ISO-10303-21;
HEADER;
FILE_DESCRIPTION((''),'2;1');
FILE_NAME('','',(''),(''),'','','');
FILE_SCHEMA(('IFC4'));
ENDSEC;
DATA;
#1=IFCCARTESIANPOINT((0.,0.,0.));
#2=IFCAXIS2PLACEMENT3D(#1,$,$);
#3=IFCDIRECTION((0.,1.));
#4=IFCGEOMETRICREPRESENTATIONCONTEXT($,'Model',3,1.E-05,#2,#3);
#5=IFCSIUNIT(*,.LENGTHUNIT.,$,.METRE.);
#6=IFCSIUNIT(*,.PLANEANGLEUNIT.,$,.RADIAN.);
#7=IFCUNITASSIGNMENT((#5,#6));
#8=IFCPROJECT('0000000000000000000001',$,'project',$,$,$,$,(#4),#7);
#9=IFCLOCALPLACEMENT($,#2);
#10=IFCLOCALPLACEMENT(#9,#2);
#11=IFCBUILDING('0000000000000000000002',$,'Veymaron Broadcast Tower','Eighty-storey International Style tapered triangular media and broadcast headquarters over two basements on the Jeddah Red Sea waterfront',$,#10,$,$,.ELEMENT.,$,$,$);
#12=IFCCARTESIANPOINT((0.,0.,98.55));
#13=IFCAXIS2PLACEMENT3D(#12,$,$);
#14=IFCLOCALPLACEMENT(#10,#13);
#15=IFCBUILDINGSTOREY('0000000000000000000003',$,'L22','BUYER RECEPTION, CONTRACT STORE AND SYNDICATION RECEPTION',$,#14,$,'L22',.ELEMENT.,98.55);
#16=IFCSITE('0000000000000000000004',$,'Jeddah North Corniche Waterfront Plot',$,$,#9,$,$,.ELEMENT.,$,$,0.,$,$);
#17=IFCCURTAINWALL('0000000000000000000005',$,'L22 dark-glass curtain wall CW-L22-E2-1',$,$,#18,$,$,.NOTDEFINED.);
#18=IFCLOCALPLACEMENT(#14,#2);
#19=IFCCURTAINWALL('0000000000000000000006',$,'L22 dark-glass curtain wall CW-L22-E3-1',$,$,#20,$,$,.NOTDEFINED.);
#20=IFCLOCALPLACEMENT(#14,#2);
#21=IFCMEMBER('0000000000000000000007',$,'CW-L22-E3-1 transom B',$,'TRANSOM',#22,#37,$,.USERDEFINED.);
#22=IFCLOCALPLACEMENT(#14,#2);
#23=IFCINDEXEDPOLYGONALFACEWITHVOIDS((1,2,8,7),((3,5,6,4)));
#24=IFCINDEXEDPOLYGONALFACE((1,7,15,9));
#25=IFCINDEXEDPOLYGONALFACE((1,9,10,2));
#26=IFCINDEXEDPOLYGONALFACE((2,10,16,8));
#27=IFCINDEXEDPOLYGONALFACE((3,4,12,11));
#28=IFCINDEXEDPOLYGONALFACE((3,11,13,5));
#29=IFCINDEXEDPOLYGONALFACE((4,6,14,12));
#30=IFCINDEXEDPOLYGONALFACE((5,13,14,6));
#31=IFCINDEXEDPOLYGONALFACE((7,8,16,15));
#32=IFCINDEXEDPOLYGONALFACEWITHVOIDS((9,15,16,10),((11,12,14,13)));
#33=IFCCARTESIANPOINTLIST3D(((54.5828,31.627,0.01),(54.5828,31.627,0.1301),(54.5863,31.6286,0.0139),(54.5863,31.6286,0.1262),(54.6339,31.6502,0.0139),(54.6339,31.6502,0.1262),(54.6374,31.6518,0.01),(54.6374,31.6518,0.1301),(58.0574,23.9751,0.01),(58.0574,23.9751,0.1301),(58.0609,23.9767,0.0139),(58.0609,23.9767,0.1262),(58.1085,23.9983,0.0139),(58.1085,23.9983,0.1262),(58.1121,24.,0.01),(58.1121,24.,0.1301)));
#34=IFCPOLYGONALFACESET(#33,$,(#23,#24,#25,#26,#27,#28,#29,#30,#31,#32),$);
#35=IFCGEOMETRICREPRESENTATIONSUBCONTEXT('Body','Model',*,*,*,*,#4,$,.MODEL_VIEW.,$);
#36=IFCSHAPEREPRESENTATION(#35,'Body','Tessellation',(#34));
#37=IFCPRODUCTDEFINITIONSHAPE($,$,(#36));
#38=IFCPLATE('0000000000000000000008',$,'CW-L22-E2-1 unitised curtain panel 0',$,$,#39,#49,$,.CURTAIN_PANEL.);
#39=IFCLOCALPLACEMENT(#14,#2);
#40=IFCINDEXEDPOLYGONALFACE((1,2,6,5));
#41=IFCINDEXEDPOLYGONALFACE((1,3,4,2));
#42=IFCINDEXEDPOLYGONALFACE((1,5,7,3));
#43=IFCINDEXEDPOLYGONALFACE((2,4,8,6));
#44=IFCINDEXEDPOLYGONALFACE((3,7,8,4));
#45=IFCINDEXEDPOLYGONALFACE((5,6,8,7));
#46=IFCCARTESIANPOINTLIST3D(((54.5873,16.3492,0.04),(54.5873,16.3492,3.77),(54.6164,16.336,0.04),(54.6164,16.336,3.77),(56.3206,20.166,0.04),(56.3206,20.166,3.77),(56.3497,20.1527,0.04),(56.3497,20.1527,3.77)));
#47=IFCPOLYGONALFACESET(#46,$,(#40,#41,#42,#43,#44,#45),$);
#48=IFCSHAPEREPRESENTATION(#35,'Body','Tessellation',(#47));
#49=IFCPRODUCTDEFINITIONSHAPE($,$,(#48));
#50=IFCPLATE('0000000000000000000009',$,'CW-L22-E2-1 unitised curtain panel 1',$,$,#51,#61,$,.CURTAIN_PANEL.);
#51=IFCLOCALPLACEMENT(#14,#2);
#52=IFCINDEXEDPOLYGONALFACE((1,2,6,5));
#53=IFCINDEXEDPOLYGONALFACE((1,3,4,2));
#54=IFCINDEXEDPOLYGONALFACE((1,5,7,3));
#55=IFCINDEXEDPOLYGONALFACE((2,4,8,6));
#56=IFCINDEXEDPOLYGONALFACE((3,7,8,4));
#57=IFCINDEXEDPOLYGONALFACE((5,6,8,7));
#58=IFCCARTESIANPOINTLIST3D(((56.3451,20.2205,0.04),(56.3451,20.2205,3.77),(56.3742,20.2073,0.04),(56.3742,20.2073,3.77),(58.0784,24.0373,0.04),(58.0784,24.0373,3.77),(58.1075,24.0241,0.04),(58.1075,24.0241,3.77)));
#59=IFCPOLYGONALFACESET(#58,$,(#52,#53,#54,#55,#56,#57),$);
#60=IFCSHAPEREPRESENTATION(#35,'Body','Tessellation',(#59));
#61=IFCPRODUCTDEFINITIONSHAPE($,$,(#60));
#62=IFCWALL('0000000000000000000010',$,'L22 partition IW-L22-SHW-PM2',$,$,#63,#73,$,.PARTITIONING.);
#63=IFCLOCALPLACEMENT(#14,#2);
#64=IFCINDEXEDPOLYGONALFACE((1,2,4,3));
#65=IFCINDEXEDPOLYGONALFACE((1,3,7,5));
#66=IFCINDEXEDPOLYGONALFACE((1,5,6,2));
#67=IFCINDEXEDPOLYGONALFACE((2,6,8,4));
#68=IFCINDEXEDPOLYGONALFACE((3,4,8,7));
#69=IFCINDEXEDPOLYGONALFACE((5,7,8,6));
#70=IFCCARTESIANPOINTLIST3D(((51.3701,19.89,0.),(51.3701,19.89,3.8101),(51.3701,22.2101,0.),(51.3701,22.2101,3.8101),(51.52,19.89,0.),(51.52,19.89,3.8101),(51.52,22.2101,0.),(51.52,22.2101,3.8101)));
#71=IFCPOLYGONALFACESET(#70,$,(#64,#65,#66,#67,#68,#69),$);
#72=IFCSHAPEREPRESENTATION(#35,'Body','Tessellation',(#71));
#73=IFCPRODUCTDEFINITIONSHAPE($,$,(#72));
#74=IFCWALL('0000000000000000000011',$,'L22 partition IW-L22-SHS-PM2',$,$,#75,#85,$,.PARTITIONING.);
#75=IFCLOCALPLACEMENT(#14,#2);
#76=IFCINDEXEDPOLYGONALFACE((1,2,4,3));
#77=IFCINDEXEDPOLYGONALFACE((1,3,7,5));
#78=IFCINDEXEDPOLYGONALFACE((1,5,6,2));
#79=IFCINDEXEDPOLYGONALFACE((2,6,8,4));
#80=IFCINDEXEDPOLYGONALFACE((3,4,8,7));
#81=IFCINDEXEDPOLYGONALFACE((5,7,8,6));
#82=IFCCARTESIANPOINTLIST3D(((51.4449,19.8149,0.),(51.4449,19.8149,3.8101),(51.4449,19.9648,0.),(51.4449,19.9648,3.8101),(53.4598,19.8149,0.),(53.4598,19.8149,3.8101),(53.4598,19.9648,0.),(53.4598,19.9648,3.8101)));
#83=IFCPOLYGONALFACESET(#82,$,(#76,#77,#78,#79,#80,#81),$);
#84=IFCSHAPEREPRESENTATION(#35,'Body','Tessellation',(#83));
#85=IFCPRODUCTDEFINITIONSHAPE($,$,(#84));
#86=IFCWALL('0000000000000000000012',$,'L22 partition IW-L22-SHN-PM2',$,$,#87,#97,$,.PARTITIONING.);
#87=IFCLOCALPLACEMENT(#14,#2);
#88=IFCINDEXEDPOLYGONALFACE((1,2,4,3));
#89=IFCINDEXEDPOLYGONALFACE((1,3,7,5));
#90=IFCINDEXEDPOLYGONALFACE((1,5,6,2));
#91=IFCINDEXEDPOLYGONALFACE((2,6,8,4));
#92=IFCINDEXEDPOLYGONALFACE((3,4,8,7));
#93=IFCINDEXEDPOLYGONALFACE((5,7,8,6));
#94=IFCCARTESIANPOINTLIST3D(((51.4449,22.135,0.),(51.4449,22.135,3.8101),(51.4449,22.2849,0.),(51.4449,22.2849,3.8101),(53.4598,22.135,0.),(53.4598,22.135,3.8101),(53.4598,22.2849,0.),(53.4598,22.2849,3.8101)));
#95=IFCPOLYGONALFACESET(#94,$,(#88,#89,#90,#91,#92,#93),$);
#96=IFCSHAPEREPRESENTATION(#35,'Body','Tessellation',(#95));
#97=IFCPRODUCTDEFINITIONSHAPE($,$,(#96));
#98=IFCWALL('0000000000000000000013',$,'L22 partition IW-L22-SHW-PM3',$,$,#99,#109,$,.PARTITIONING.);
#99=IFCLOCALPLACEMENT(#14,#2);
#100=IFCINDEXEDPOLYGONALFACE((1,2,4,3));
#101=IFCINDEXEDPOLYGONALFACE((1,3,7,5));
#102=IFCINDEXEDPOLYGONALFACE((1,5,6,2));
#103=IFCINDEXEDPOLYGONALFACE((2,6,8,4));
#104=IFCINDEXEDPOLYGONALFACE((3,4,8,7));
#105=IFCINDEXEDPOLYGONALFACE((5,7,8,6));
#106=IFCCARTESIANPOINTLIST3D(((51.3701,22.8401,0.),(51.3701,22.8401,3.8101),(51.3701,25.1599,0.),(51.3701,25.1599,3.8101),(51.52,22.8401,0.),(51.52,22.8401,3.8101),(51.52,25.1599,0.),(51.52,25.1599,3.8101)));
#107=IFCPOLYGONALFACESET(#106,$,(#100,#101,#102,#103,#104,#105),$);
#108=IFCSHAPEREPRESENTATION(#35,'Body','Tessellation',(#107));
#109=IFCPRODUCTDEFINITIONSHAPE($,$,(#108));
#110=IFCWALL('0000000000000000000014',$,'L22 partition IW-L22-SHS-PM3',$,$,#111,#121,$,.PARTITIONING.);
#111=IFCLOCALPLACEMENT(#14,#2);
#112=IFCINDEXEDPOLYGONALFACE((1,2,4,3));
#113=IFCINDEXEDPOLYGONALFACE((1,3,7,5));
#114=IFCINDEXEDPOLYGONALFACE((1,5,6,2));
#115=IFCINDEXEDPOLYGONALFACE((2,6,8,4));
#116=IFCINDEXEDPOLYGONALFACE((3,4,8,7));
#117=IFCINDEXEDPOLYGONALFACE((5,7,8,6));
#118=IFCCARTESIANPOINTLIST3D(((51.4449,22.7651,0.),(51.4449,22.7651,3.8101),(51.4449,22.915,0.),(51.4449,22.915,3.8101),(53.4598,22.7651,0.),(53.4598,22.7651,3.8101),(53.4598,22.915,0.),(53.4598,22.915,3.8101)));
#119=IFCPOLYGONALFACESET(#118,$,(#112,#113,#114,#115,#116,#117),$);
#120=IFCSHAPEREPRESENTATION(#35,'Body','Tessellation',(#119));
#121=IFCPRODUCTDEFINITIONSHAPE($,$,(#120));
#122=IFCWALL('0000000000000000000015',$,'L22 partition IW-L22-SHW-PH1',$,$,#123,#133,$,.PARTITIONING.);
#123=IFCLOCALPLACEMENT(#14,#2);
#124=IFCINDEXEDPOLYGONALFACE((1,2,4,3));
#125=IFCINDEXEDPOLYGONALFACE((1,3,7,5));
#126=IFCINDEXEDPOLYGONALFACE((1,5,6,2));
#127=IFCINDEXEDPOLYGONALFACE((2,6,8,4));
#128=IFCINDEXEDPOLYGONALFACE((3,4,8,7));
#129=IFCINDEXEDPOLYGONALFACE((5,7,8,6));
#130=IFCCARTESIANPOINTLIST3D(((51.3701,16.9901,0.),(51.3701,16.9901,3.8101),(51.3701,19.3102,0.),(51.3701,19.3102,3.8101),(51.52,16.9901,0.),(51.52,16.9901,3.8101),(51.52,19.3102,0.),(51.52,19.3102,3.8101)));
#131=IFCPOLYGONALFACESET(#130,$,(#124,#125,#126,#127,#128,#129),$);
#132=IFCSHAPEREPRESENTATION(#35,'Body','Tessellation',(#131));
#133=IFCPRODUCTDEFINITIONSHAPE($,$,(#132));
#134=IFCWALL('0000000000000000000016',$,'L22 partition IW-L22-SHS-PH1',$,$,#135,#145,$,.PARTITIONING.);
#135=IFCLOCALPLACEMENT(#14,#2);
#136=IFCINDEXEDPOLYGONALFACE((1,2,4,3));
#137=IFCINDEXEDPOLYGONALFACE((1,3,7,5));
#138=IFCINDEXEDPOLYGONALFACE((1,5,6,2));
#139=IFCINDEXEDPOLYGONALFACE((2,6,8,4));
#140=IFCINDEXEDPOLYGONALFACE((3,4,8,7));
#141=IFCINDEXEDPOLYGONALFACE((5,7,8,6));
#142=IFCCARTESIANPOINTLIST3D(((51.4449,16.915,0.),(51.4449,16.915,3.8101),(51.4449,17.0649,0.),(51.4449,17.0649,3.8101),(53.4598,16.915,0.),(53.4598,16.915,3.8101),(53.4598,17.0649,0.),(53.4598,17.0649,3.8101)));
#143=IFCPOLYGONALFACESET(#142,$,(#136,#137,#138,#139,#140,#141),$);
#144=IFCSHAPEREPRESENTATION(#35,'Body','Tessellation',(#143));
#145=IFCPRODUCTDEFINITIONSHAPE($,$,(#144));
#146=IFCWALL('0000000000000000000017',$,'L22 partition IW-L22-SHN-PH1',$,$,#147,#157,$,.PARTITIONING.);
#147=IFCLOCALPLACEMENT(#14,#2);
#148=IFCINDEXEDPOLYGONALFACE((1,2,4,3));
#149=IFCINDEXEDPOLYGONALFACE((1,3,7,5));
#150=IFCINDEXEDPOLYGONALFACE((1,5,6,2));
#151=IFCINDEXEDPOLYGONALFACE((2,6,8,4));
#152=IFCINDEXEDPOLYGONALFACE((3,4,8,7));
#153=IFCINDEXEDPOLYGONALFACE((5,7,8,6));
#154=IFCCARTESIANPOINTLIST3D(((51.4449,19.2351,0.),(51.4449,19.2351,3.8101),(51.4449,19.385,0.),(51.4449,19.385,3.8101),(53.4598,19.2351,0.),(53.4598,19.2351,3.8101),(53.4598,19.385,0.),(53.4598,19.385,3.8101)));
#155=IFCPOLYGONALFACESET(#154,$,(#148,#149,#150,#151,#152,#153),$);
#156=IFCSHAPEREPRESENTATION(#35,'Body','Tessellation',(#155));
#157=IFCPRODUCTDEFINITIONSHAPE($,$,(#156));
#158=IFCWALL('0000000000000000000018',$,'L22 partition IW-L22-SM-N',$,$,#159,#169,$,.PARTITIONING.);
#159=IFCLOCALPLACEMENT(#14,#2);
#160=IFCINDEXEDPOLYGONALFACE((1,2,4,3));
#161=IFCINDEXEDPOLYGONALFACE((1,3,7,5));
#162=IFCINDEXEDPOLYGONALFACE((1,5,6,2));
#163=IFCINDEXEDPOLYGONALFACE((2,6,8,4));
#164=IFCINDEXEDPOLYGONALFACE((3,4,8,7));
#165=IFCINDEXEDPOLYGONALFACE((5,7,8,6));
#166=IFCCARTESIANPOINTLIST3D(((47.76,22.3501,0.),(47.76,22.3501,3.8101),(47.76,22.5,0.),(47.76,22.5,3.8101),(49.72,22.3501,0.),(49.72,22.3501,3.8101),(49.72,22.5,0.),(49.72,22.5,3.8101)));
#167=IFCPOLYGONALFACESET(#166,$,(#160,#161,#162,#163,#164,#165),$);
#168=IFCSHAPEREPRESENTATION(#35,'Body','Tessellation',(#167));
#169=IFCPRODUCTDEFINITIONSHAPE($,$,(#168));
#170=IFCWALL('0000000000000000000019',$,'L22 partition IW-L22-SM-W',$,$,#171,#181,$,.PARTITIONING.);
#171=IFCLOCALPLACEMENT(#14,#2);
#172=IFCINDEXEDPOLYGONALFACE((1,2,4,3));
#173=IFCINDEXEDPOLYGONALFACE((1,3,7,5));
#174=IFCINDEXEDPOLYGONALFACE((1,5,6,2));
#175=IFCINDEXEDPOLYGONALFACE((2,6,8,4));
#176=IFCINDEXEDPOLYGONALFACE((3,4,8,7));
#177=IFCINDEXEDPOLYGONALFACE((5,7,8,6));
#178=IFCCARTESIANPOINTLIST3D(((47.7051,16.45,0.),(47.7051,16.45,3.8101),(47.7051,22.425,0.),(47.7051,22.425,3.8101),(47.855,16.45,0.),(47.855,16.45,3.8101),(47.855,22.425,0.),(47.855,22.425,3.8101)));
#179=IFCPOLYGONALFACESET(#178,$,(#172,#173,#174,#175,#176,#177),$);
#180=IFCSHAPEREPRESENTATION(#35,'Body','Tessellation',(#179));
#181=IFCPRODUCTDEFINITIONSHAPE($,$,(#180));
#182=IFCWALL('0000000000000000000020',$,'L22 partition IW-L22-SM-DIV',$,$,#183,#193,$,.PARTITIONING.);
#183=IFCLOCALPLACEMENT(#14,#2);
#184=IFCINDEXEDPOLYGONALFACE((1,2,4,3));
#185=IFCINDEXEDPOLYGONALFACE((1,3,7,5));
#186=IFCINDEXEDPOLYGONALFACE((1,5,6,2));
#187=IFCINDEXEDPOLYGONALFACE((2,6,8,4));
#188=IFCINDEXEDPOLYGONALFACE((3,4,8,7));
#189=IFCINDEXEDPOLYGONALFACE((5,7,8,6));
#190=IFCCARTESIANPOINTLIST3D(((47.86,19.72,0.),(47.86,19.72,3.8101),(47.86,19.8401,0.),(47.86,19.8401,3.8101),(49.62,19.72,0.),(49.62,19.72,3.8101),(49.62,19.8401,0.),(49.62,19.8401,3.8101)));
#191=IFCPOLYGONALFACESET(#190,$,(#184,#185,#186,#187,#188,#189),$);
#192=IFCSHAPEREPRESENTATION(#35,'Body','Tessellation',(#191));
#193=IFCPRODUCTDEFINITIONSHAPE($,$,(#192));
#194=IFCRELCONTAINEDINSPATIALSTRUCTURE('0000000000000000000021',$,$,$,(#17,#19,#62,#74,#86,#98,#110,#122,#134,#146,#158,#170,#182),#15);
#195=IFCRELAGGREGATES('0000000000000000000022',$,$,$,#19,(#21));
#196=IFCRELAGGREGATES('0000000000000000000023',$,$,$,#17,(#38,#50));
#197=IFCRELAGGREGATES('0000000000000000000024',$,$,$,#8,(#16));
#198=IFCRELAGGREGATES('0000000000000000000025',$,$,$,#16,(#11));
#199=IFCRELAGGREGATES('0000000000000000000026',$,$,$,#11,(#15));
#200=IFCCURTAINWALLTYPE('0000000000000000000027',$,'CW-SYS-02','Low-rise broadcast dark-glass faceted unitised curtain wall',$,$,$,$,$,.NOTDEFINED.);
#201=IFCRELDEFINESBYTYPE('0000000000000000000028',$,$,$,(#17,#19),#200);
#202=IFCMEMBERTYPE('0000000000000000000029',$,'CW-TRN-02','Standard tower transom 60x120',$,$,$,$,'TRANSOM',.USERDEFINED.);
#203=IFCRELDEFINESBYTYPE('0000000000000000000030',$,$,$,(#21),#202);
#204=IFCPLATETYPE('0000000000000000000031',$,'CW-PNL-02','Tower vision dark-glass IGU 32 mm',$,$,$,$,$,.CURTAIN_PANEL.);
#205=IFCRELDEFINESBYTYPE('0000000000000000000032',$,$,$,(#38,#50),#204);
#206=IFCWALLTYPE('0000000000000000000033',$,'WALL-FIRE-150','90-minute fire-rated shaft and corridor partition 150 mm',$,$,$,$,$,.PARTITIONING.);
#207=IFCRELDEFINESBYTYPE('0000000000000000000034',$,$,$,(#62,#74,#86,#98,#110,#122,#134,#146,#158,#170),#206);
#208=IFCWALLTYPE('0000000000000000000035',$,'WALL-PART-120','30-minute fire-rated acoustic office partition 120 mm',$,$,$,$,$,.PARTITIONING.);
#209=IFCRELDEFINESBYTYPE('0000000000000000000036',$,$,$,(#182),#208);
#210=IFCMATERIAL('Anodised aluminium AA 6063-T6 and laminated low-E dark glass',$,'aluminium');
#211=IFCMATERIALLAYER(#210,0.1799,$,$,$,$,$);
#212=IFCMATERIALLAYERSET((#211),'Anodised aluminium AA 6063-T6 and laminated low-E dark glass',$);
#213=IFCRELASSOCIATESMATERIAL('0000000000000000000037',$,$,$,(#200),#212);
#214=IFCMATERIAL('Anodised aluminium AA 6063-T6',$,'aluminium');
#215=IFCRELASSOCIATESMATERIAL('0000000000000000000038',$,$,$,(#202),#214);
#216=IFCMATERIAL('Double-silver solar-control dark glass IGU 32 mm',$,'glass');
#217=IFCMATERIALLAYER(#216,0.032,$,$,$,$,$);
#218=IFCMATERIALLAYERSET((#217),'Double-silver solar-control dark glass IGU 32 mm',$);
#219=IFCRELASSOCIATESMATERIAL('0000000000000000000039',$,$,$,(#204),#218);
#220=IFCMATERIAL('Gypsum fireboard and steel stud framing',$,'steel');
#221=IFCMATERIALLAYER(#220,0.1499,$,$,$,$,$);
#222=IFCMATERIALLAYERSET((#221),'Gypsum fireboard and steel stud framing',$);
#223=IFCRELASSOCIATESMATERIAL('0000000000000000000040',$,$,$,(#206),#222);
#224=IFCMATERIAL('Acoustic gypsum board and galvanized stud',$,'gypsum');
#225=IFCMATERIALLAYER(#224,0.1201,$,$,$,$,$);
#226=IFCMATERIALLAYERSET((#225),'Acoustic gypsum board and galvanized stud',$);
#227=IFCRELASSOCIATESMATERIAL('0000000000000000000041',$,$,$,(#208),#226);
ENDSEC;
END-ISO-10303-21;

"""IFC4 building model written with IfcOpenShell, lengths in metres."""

from ifc_helpers import new_model, si_unit, direction, frame, frame_2d, origin, origin_2d, place, context, subcontext, project, spatial, rectangle, hollow_rectangle, extrude, material, layer, layer_set, material_profile, profile_set, type_object, element, aggregate, save


model = new_model("IFC4")

# Units and contexts
model_context = context("Model", 3, precision=1e-05, world=origin(), true_north=direction((0.0, 1.0)))
body_context = subcontext(model_context, "Body", "Model", "MODEL_VIEW")
ifc_project = project(units=[si_unit("LENGTHUNIT", "METRE"), si_unit("PLANEANGLEUNIT", "RADIAN")], contexts=[model_context])

# Site, building, storey
site_placement = place(None, origin())
site = spatial("IfcSite", under=ifc_project, at=site_placement, Name="Jeddah North Corniche Waterfront Plot", CompositionType="ELEMENT", RefElevation=0.0)
building_placement = place(site_placement, origin())
building = spatial("IfcBuilding", under=site, at=building_placement, Name="Veymaron Broadcast Tower", Description="Eighty-storey International Style tapered triangular media and broadcast headquarters over two basements on the Jeddah Red Sea waterfront", CompositionType="ELEMENT")
storey_placement = place(building_placement, frame((0.0, 0.0, 98.55)))
storey = spatial("IfcBuildingStorey", under=building, at=storey_placement, Name="L22", Description="BUYER RECEPTION, CONTRACT STORE AND SYNDICATION RECEPTION", LongName="L22", CompositionType="ELEMENT", Elevation=98.55)

# Curtain wall
ifc_material_1 = material(Name="Anodised aluminium AA 6063-T6 and laminated low-E dark glass", Category="aluminium")
ifc_layer_1 = layer(ifc_material_1, 0.1799)
ifc_layer_set_1 = layer_set([ifc_layer_1], Name="Anodised aluminium AA 6063-T6 and laminated low-E dark glass")
curtain_wall_type = type_object("IfcCurtainWallType", Name="CW-SYS-02", Description="Low-rise broadcast dark-glass faceted unitised curtain wall", PredefinedType="NOTDEFINED", material=ifc_layer_set_1)
curtain_wall_1_placement = place(storey_placement, origin())
curtain_wall_1 = element("IfcCurtainWall", 1, at=curtain_wall_1_placement, inside=storey, type_object=curtain_wall_type, Name="L22 dark-glass curtain wall CW-L22-E2-1", PredefinedType="NOTDEFINED")
ifc_material_2 = material(Name="Anodised aluminium AA 6063-T6", Category="aluminium")

# Curtain wall
curtain_wall_2_placement = place(storey_placement, origin())
curtain_wall_2 = element("IfcCurtainWall", 2, at=curtain_wall_2_placement, inside=storey, type_object=curtain_wall_type, Name="L22 dark-glass curtain wall CW-L22-E3-1", PredefinedType="NOTDEFINED")

# Member
ifc_material_profile_1 = material_profile(ifc_material_2, hollow_rectangle(XDim=0.0601, YDim=0.1201, WallThickness=0.0039, at=origin_2d()), Name="AL120X60X4")
ifc_profile_set_1 = profile_set([ifc_material_profile_1], Name="Anodised aluminium AA 6063-T6")
member_type_1 = type_object("IfcMemberType", Name="CW-TRN-02", Description="Standard tower transom 60x120", ElementType="TRANSOM", PredefinedType="USERDEFINED", material=ifc_profile_set_1)
member_1_placement = place(storey_placement, frame((58.0847, 23.9875, 0.0701), z_axis=(-0.413457, 0.910524, 0.0), x_axis=(-0.910524, -0.413457, 0.0)))
member_1 = element("IfcMember", 3, at=member_1_placement, type_object=member_type_1, Name="CW-L22-E3-1 transom B", ObjectType="TRANSOM", PredefinedType="USERDEFINED", context=body_context, shape_type="SweptSolid", body=[
    extrude(hollow_rectangle(XDim=0.0601, YDim=0.1201, WallThickness=0.0039, at=origin_2d()), origin(), (0.0, 0.0, 1.0), 8.4038),
])
aggregate(curtain_wall_2, [member_1])

# Plates
ifc_material_3 = material(Name="Double-silver solar-control dark glass IGU 32 mm", Category="glass")
ifc_layer_2 = layer(ifc_material_3, 0.032)
ifc_layer_set_2 = layer_set([ifc_layer_2], Name="Double-silver solar-control dark glass IGU 32 mm")
plate_type = type_object("IfcPlateType", Name="CW-PNL-02", Description="Tower vision dark-glass IGU 32 mm", PredefinedType="CURTAIN_PANEL", material=ifc_layer_set_2)
plate_1_placement = place(storey_placement, frame((55.4685, 18.251, 0.04), z_axis=(0.0, 0.0, 1.0), x_axis=(0.413486, 0.910511, 0.0)))
plate_1 = element("IfcPlate", 4, at=plate_1_placement, type_object=plate_type, Name="CW-L22-E2-1 unitised curtain panel 0", PredefinedType="CURTAIN_PANEL", context=body_context, shape_type="SweptSolid", body=[
    extrude(rectangle(XDim=4.1919, YDim=0.032, at=origin_2d()), origin(), (0.0, 0.0, 1.0), 3.73),
])
plate_2_placement = place(storey_placement, frame((57.2263, 22.1223, 0.04), z_axis=(0.0, 0.0, 1.0), x_axis=(0.413486, 0.910511, 0.0)))
plate_2 = element("IfcPlate", 5, at=plate_2_placement, type_object=plate_type, Name="CW-L22-E2-1 unitised curtain panel 1", PredefinedType="CURTAIN_PANEL", context=body_context, shape_type="SweptSolid", body=[
    extrude(rectangle(XDim=4.1919, YDim=0.032, at=origin_2d()), origin(), (0.0, 0.0, 1.0), 3.73),
])
aggregate(curtain_wall_1, [plate_1, plate_2])

# Walls
ifc_material_4 = material(Name="Gypsum fireboard and steel stud framing", Category="steel")
ifc_layer_3 = layer(ifc_material_4, 0.1499)
ifc_layer_set_3 = layer_set([ifc_layer_3], Name="Gypsum fireboard and steel stud framing")
wall_type_1 = type_object("IfcWallType", Name="WALL-FIRE-150", Description="90-minute fire-rated shaft and corridor partition 150 mm", PredefinedType="PARTITIONING", material=ifc_layer_set_3)
wall_1_placement = place(storey_placement, frame((51.4451, 19.8899, 0.0), z_axis=(0.0, 0.0, 1.0), x_axis=(0.0, 1.0, 0.0)))
element("IfcWall", 6, at=wall_1_placement, inside=storey, type_object=wall_type_1, Name="L22 partition IW-L22-SHW-PM2", PredefinedType="PARTITIONING", context=body_context, shape_type="SweptSolid", body=[
    extrude(rectangle(XDim=2.3201, YDim=0.1499, at=frame_2d((1.1602, 0.0))), origin(), (0.0, 0.0, 1.0), 3.8101),
])
for number, where, z_axis, x_axis, name in (
    (7, (51.4451, 19.8899, 0.0), (0.0, 0.0, 1.0), (1.0, 0.0, 0.0), "L22 partition IW-L22-SHS-PM2"),
    (8, (51.4451, 22.21, 0.0), (0.0, 0.0, 1.0), (1.0, 0.0, 0.0), "L22 partition IW-L22-SHN-PM2"),
):
    element("IfcWall", number, at=place(storey_placement, frame(where, z_axis=z_axis, x_axis=x_axis)), inside=storey, type_object=wall_type_1, Name=name, PredefinedType="PARTITIONING", context=body_context, shape_type="SweptSolid", body=[
        extrude(rectangle(XDim=2.0149, YDim=0.1499, at=frame_2d((1.0073, 0.0))), origin(), (0.0, 0.0, 1.0), 3.8101),
    ])
wall_2_placement = place(storey_placement, frame((51.4451, 22.8401, 0.0), z_axis=(0.0, 0.0, 1.0), x_axis=(0.0, 1.0, 0.0)))
element("IfcWall", 9, at=wall_2_placement, inside=storey, type_object=wall_type_1, Name="L22 partition IW-L22-SHW-PM3", PredefinedType="PARTITIONING", context=body_context, shape_type="SweptSolid", body=[
    extrude(rectangle(XDim=2.3198, YDim=0.1499, at=frame_2d((1.1599, 0.0))), origin(), (0.0, 0.0, 1.0), 3.8101),
])
wall_3_placement = place(storey_placement, frame((51.4451, 22.8401, 0.0), z_axis=(0.0, 0.0, 1.0), x_axis=(1.0, 0.0, 0.0)))
element("IfcWall", 10, at=wall_3_placement, inside=storey, type_object=wall_type_1, Name="L22 partition IW-L22-SHS-PM3", PredefinedType="PARTITIONING", context=body_context, shape_type="SweptSolid", body=[
    extrude(rectangle(XDim=2.0149, YDim=0.1499, at=frame_2d((1.0073, 0.0))), origin(), (0.0, 0.0, 1.0), 3.8101),
])
wall_4_placement = place(storey_placement, frame((51.4451, 16.99, 0.0), z_axis=(0.0, 0.0, 1.0), x_axis=(0.0, 1.0, 0.0)))
element("IfcWall", 11, at=wall_4_placement, inside=storey, type_object=wall_type_1, Name="L22 partition IW-L22-SHW-PH1", PredefinedType="PARTITIONING", context=body_context, shape_type="SweptSolid", body=[
    extrude(rectangle(XDim=2.3201, YDim=0.1499, at=frame_2d((1.1602, 0.0))), origin(), (0.0, 0.0, 1.0), 3.8101),
])
for number, where, z_axis, x_axis, name in (
    (12, (51.4451, 16.99, 0.0), (0.0, 0.0, 1.0), (1.0, 0.0, 0.0), "L22 partition IW-L22-SHS-PH1"),
    (13, (51.4451, 19.3101, 0.0), (0.0, 0.0, 1.0), (1.0, 0.0, 0.0), "L22 partition IW-L22-SHN-PH1"),
):
    element("IfcWall", number, at=place(storey_placement, frame(where, z_axis=z_axis, x_axis=x_axis)), inside=storey, type_object=wall_type_1, Name=name, PredefinedType="PARTITIONING", context=body_context, shape_type="SweptSolid", body=[
        extrude(rectangle(XDim=2.0149, YDim=0.1499, at=frame_2d((1.0073, 0.0))), origin(), (0.0, 0.0, 1.0), 3.8101),
    ])

# Walls
wall_5_placement = place(storey_placement, frame((47.76, 22.425, 0.0), z_axis=(0.0, 0.0, 1.0), x_axis=(1.0, 0.0, 0.0)))
element("IfcWall", 14, at=wall_5_placement, inside=storey, type_object=wall_type_1, Name="L22 partition IW-L22-SM-N", PredefinedType="PARTITIONING", context=body_context, shape_type="SweptSolid", body=[
    extrude(rectangle(XDim=1.96, YDim=0.1499, at=frame_2d((0.98, 0.0))), origin(), (0.0, 0.0, 1.0), 3.8101),
])
wall_6_placement = place(storey_placement, frame((47.78, 16.45, 0.0), z_axis=(0.0, 0.0, 1.0), x_axis=(0.0, 1.0, 0.0)))
element("IfcWall", 15, at=wall_6_placement, inside=storey, type_object=wall_type_1, Name="L22 partition IW-L22-SM-W", PredefinedType="PARTITIONING", context=body_context, shape_type="SweptSolid", body=[
    extrude(rectangle(XDim=5.9751, YDim=0.1499, at=frame_2d((2.9875, 0.0))), origin(), (0.0, 0.0, 1.0), 3.8101),
])
ifc_material_5 = material(Name="Acoustic gypsum board and galvanized stud", Category="gypsum")
ifc_layer_4 = layer(ifc_material_5, 0.1201)
ifc_layer_set_4 = layer_set([ifc_layer_4], Name="Acoustic gypsum board and galvanized stud")
wall_type_2 = type_object("IfcWallType", Name="WALL-PART-120", Description="30-minute fire-rated acoustic office partition 120 mm", PredefinedType="PARTITIONING", material=ifc_layer_set_4)
wall_7_placement = place(storey_placement, frame((47.8601, 19.78, 0.0), z_axis=(0.0, 0.0, 1.0), x_axis=(1.0, 0.0, 0.0)))
element("IfcWall", 16, at=wall_7_placement, inside=storey, type_object=wall_type_2, Name="L22 partition IW-L22-SM-DIV", PredefinedType="PARTITIONING", context=body_context, shape_type="SweptSolid", body=[
    extrude(rectangle(XDim=1.76, YDim=0.1201, at=frame_2d((0.8799, 0.0))), origin(), (0.0, 0.0, 1.0), 3.8101),
])

save(model, "model.ifc")
